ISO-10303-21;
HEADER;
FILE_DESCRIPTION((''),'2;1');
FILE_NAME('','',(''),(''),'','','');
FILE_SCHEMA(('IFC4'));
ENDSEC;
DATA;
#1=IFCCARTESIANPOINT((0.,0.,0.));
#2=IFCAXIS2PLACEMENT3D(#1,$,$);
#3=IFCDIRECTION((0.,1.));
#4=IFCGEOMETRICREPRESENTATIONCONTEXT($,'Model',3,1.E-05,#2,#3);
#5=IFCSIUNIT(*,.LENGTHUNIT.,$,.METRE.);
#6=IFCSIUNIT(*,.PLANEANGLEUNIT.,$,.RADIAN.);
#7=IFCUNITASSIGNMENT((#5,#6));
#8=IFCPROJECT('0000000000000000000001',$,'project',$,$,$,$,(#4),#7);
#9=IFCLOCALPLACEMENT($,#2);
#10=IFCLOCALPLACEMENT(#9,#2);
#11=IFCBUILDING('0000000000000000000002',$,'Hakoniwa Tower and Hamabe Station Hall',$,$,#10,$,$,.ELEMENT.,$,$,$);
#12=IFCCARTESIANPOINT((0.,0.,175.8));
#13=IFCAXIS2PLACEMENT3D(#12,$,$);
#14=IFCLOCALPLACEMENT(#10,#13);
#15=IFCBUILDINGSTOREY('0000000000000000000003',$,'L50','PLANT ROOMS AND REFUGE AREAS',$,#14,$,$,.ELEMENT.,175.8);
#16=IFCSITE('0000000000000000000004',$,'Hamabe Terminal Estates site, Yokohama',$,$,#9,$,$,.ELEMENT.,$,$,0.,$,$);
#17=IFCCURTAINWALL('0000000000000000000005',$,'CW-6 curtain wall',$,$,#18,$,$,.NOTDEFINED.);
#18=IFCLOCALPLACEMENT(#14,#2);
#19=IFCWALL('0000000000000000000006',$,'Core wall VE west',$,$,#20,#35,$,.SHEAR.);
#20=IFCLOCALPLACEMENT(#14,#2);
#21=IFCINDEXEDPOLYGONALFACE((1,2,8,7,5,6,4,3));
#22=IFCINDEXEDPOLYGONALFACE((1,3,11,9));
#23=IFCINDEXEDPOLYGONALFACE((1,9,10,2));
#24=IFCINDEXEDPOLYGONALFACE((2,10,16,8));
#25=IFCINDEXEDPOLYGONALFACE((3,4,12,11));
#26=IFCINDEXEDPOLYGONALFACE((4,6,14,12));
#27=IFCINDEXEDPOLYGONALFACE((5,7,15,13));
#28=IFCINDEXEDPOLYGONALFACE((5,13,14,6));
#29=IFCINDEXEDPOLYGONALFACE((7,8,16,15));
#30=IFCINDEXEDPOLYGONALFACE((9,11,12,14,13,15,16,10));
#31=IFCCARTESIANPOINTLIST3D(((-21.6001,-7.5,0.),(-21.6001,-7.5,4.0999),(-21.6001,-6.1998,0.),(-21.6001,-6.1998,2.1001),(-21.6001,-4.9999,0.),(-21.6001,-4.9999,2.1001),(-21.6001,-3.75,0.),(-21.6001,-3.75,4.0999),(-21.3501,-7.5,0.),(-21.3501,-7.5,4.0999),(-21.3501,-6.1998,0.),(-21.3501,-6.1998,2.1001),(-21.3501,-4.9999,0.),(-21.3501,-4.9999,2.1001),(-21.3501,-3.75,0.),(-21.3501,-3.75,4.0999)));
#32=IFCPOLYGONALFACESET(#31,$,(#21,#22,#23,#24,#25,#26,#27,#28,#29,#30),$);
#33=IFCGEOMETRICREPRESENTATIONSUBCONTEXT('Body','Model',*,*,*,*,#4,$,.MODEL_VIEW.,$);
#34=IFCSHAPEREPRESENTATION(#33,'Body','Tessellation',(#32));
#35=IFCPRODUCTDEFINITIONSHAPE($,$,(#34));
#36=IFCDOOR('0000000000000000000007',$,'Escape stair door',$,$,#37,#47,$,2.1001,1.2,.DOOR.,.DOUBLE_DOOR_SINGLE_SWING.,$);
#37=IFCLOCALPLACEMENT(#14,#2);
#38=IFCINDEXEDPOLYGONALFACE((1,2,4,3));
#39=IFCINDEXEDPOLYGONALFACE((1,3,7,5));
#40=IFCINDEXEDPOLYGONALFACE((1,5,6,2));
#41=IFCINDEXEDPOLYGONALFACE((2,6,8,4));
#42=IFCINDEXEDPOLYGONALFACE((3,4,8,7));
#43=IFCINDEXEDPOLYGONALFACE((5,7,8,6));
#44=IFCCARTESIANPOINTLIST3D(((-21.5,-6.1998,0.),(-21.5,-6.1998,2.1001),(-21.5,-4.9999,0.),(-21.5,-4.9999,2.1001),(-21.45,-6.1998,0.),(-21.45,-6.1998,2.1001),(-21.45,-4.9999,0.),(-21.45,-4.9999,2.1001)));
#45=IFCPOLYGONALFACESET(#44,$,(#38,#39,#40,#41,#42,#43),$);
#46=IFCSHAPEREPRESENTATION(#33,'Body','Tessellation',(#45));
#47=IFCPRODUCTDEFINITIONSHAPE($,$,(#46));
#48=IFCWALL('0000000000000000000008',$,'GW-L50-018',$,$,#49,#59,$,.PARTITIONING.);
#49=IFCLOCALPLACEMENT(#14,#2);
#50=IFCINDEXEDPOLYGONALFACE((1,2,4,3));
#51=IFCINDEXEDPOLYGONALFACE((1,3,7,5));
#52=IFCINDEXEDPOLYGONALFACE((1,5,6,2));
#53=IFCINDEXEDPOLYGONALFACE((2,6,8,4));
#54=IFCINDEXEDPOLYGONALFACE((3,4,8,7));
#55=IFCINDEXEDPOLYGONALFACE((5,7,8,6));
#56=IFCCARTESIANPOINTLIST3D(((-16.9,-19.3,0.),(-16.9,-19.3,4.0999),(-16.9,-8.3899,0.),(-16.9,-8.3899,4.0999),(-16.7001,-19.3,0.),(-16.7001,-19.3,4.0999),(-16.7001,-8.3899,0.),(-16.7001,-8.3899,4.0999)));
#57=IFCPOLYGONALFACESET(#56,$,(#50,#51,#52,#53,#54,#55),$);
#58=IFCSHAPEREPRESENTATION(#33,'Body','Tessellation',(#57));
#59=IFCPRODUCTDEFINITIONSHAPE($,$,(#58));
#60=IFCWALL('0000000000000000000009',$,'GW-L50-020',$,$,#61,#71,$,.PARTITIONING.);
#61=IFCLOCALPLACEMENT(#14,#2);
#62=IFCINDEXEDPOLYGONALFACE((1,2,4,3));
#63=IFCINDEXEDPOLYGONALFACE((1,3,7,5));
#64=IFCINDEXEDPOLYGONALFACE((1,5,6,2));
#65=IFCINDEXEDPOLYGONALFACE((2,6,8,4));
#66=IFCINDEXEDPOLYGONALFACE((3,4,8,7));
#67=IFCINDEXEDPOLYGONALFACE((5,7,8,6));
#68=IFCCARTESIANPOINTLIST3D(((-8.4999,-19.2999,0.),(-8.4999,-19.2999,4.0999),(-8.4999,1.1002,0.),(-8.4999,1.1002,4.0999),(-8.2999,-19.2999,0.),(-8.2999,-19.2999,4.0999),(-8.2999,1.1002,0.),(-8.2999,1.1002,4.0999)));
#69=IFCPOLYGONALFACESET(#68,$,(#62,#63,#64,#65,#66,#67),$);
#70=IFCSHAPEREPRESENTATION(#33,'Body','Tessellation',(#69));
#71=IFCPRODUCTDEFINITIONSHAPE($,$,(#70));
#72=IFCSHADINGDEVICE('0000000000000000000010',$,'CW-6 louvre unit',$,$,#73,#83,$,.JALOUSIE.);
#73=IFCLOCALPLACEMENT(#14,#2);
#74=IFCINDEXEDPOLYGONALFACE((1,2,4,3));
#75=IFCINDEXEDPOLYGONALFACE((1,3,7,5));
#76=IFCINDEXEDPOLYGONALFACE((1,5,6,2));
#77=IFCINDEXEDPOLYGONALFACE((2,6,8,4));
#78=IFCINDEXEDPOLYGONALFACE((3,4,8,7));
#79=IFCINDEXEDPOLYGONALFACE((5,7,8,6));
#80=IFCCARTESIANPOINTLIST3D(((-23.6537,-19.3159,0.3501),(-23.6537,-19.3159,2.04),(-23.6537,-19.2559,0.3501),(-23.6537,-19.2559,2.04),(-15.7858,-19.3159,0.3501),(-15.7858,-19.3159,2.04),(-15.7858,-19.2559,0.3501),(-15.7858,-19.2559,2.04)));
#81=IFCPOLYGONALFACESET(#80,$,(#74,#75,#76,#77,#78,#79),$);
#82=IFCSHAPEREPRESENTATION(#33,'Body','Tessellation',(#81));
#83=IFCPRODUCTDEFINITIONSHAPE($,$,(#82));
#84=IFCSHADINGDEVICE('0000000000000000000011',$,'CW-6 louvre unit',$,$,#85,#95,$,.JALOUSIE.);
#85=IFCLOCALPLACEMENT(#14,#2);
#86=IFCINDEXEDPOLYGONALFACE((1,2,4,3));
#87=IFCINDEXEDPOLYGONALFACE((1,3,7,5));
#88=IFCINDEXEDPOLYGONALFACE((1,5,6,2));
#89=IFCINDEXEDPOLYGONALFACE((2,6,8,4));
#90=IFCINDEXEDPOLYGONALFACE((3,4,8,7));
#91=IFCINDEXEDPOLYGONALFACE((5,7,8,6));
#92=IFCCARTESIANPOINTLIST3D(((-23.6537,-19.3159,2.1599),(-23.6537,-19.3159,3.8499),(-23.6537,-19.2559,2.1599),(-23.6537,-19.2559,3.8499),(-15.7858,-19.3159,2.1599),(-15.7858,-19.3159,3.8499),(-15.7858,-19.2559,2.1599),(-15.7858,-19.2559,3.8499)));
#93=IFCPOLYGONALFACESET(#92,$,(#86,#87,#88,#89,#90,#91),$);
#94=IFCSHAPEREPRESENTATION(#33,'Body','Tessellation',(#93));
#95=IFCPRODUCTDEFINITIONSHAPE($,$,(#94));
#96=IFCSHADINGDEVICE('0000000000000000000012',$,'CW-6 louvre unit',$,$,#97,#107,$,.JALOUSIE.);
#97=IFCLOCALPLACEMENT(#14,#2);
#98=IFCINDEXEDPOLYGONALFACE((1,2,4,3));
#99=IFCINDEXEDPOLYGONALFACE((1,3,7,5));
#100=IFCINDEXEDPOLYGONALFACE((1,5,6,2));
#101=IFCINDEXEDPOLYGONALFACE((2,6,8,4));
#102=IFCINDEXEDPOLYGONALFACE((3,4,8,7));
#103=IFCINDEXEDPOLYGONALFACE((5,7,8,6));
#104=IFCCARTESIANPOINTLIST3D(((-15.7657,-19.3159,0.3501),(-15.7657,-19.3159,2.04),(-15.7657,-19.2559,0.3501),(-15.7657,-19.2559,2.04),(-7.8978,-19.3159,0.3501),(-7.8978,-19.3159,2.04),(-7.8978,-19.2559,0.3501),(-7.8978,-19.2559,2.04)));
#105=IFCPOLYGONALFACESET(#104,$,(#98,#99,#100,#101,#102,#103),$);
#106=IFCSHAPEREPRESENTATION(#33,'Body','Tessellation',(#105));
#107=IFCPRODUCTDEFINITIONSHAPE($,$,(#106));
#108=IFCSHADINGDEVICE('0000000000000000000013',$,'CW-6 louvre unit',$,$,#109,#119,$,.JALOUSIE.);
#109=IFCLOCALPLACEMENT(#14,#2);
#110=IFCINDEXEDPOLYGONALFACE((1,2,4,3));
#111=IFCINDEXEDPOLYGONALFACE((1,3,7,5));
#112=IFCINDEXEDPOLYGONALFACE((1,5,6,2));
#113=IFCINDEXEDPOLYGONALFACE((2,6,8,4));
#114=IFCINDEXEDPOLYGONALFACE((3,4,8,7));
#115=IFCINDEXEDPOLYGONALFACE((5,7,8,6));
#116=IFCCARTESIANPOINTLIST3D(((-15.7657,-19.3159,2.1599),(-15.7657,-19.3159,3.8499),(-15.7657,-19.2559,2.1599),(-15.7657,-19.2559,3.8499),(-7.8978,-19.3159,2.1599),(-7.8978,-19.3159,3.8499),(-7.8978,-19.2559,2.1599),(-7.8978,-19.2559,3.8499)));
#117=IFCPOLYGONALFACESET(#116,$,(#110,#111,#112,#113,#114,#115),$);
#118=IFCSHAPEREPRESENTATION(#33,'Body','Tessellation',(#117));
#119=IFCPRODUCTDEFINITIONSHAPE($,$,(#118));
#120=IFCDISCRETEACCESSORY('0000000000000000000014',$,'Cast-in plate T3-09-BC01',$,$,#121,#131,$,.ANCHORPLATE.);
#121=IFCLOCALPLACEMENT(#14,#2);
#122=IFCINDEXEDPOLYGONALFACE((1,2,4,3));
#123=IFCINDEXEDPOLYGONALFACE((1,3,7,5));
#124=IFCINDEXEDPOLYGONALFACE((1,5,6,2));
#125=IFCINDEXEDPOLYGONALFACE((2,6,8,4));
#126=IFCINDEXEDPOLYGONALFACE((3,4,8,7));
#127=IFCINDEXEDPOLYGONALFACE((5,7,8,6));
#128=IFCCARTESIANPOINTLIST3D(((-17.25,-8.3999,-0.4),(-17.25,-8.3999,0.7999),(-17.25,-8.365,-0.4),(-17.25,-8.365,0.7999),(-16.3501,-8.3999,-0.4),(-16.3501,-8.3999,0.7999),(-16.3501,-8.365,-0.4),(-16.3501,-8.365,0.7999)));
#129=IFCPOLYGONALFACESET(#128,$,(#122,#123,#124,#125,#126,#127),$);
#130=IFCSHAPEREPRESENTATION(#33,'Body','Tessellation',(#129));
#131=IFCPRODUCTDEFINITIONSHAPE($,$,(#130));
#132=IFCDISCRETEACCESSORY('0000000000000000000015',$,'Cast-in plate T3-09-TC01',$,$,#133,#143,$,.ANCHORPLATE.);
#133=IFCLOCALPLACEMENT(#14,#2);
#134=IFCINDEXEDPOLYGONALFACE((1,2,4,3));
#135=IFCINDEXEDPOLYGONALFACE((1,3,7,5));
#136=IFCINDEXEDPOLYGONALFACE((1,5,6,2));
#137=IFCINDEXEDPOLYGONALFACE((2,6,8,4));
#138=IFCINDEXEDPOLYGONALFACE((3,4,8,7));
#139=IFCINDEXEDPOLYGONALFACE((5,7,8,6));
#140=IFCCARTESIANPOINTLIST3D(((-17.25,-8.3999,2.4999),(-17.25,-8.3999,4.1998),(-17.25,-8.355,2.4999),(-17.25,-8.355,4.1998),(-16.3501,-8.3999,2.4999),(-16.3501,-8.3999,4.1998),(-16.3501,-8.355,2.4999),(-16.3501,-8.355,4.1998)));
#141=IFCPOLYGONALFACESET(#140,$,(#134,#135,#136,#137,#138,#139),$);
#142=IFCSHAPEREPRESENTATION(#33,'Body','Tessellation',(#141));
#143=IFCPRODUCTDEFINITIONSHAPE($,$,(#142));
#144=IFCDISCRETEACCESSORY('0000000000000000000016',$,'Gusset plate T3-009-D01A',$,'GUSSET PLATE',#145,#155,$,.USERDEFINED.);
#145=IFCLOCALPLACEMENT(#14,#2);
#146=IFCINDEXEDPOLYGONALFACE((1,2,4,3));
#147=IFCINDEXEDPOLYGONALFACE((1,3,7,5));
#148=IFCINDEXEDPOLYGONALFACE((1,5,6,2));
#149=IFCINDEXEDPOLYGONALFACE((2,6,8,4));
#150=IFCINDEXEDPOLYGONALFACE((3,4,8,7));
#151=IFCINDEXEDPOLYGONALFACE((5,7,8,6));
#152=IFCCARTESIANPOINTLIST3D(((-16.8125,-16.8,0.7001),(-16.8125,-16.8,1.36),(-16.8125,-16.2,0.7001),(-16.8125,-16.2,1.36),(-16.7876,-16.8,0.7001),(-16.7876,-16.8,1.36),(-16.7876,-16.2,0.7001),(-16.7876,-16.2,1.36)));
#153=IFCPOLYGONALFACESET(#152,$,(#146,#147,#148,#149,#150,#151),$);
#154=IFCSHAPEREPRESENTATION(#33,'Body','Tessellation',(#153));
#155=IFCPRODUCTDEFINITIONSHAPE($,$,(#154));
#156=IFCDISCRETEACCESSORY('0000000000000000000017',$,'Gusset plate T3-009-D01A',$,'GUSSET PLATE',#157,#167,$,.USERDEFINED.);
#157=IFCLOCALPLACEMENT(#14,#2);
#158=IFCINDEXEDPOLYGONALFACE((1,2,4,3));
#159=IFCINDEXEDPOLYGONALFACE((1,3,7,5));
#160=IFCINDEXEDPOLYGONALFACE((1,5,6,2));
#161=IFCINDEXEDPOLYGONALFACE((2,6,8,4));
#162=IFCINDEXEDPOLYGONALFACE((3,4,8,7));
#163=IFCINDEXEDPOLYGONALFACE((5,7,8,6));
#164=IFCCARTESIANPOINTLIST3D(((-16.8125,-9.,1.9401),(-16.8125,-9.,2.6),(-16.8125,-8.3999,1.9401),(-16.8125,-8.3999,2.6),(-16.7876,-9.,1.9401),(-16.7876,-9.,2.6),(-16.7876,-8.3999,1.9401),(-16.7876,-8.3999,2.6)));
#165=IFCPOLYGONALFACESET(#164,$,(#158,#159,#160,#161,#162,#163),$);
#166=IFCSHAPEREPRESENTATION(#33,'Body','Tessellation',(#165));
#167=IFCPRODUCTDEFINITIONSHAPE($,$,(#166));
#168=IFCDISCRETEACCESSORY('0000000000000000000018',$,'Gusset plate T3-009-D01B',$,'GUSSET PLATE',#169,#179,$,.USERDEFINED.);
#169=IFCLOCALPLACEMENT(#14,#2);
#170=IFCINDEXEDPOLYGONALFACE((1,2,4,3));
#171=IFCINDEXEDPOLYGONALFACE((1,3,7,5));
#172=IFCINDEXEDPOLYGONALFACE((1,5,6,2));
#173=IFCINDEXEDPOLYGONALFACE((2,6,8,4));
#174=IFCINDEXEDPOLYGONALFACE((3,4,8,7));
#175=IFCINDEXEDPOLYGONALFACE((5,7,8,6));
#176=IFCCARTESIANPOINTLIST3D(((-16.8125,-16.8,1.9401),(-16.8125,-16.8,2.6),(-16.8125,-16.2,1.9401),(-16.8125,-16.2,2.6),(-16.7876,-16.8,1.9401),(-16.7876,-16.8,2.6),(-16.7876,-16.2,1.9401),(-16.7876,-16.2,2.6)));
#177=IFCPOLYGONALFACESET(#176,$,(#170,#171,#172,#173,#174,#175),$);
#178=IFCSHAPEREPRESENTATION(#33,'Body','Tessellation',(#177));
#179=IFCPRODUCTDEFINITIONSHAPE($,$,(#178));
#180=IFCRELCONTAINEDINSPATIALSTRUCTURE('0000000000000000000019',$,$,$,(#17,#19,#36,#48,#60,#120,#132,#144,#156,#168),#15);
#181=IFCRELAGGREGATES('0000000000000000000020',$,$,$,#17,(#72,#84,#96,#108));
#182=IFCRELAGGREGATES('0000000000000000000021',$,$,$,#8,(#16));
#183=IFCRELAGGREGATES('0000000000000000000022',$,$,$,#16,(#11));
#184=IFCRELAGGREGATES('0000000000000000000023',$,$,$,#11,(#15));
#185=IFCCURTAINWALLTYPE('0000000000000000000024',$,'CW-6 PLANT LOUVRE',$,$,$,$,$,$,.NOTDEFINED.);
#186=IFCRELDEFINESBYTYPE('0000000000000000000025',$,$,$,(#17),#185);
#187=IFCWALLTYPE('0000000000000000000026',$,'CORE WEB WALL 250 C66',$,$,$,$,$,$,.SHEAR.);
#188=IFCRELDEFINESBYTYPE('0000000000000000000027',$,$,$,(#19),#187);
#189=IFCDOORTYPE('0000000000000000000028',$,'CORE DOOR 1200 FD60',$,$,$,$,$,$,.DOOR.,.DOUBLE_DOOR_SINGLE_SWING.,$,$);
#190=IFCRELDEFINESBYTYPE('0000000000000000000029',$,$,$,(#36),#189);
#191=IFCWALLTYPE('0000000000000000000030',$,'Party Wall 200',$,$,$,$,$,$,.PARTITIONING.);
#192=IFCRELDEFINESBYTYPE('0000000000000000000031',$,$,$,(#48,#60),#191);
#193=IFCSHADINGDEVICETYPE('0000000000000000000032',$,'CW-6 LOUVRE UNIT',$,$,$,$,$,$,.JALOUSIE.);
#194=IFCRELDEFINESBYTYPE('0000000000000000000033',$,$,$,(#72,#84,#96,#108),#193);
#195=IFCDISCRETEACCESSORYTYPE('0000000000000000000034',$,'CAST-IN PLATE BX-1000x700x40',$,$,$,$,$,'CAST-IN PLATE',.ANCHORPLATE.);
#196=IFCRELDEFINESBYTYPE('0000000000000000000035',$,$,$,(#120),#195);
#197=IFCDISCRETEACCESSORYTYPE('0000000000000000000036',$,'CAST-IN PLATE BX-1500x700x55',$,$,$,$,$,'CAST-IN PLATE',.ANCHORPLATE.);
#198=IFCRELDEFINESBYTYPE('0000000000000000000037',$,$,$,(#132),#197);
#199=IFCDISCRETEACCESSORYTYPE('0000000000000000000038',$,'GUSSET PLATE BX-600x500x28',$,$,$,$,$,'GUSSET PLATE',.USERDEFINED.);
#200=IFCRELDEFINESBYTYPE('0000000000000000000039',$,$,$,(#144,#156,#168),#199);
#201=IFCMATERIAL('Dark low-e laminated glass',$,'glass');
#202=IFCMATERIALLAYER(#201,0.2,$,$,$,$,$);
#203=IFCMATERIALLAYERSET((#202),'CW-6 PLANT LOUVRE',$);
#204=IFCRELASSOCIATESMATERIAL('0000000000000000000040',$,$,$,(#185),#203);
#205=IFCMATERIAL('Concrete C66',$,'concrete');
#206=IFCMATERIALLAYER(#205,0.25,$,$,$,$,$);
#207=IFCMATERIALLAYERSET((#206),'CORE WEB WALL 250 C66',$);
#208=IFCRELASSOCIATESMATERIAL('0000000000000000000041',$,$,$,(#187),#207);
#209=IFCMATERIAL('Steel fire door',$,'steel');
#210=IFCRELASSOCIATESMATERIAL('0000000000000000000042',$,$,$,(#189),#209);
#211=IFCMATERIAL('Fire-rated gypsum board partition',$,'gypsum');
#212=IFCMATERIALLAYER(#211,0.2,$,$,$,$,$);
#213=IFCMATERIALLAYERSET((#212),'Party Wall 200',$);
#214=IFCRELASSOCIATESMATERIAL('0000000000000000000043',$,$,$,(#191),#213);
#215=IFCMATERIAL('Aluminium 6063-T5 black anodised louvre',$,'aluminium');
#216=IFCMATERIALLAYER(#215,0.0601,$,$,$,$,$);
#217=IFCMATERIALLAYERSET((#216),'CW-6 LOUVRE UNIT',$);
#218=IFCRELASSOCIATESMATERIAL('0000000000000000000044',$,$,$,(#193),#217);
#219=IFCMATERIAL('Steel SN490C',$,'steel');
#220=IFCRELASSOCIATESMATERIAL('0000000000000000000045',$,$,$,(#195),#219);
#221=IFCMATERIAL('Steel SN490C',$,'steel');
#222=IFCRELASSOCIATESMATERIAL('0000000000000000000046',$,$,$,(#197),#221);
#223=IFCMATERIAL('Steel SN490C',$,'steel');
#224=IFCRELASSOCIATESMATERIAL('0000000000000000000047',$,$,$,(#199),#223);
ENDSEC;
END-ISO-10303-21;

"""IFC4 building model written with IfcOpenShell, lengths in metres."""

from ifc_helpers import new_model, si_unit, direction, frame, frame_2d, origin, origin_2d, place, context, subcontext, project, spatial, rectangle, extrude, material, layer, layer_set, material_profile, profile_set, type_object, element, fill, aggregate, save


model = new_model("IFC4")

# Units and contexts
model_context = context("Model", 3, precision=1e-05, world=origin(), true_north=direction((0.0, 1.0)))
body_context = subcontext(model_context, "Body", "Model", "MODEL_VIEW")
ifc_project = project(units=[si_unit("LENGTHUNIT", "METRE"), si_unit("PLANEANGLEUNIT", "RADIAN")], contexts=[model_context])

# Site, building, storey
site_placement = place(None, origin())
site = spatial("IfcSite", under=ifc_project, at=site_placement, Name="Hamabe Terminal Estates site, Yokohama", CompositionType="ELEMENT", RefElevation=0.0)
building_placement = place(site_placement, origin())
building = spatial("IfcBuilding", under=site, at=building_placement, Name="Hakoniwa Tower and Hamabe Station Hall", CompositionType="ELEMENT")
storey_placement = place(building_placement, frame((0.0, 0.0, 175.8)))
storey = spatial("IfcBuildingStorey", under=building, at=storey_placement, Name="L50", Description="PLANT ROOMS AND REFUGE AREAS", CompositionType="ELEMENT", Elevation=175.8)

# Curtain wall
ifc_material_1 = material(Name="Dark low-e laminated glass", Category="glass")
ifc_layer_1 = layer(ifc_material_1, 0.2)
ifc_layer_set_1 = layer_set([ifc_layer_1], Name="CW-6 PLANT LOUVRE")
curtain_wall_type = type_object("IfcCurtainWallType", Name="CW-6 PLANT LOUVRE", PredefinedType="NOTDEFINED", material=ifc_layer_set_1)
curtain_wall_placement = place(storey_placement, origin())
curtain_wall = element("IfcCurtainWall", 1, at=curtain_wall_placement, inside=storey, type_object=curtain_wall_type, Name="CW-6 curtain wall", PredefinedType="NOTDEFINED")

# Wall, opening, door
ifc_material_2 = material(Name="Concrete C66", Category="concrete")
ifc_layer_2 = layer(ifc_material_2, 0.25)
ifc_layer_set_2 = layer_set([ifc_layer_2], Name="CORE WEB WALL 250 C66")
wall_type_1 = type_object("IfcWallType", Name="CORE WEB WALL 250 C66", PredefinedType="SHEAR", material=ifc_layer_set_2)
wall_1_placement = place(storey_placement, frame((-21.4751, -7.5, 0.0), z_axis=(0.0, 0.0, 1.0), x_axis=(0.0, 1.0, 0.0)))
wall_1 = element("IfcWall", 2, at=wall_1_placement, inside=storey, type_object=wall_type_1, Name="Core wall VE west", PredefinedType="SHEAR", context=body_context, shape_type="SweptSolid", body=[
    extrude(rectangle(XDim=3.75, YDim=0.25, at=frame_2d((1.875, 0.0))), origin(), (0.0, 0.0, 1.0), 4.0999),
])
opening_1_placement = place(wall_1_placement, frame((1.3, 0.0, 0.0)))
opening_1 = element("IfcOpeningElement", 3, at=opening_1_placement, cuts=wall_1, PredefinedType="OPENING", context=body_context, shape_type="SweptSolid", body=[
    extrude(rectangle(XDim=1.2, YDim=2.1001, at=frame_2d((0.6001, 1.05))), frame((0.0, 0.135, 0.0), z_axis=(0.0, -1.0, 0.0), x_axis=(1.0, 0.0, 0.0)), (0.0, 0.0, 1.0), 0.27),
])
ifc_material_3 = material(Name="Steel fire door", Category="steel")
door_type_1 = type_object("IfcDoorType", Name="CORE DOOR 1200 FD60", OperationType="DOUBLE_DOOR_SINGLE_SWING", PredefinedType="DOOR", material=ifc_material_3)
door_1_placement = place(opening_1_placement, origin())
door_1 = element("IfcDoor", 4, at=door_1_placement, inside=storey, type_object=door_type_1, Name="Escape stair door", OperationType="DOUBLE_DOOR_SINGLE_SWING", OverallHeight=2.1001, OverallWidth=1.2, PredefinedType="DOOR", context=body_context, shape_type="SweptSolid", body=[
    extrude(rectangle(XDim=1.2, YDim=2.1001, at=frame_2d((0.6001, 1.05))), frame((0.0, 0.0249, 0.0), z_axis=(0.0, -1.0, 0.0), x_axis=(1.0, 0.0, 0.0)), (0.0, 0.0, 1.0), 0.05),
])
fill(opening_1, door_1)

# Walls
ifc_material_4 = material(Name="Fire-rated gypsum board partition", Category="gypsum")
ifc_layer_3 = layer(ifc_material_4, 0.2)
ifc_layer_set_3 = layer_set([ifc_layer_3], Name="Party Wall 200")
wall_type_2 = type_object("IfcWallType", Name="Party Wall 200", PredefinedType="PARTITIONING", material=ifc_layer_set_3)
wall_2_placement = place(storey_placement, frame((-16.8, -19.3, 0.0), z_axis=(0.0, 0.0, 1.0), x_axis=(0.0, 1.0, 0.0)))
element("IfcWall", 5, at=wall_2_placement, inside=storey, type_object=wall_type_2, Name="GW-L50-018", PredefinedType="PARTITIONING", context=body_context, shape_type="SweptSolid", body=[
    extrude(rectangle(XDim=10.9102, YDim=0.2, at=frame_2d((5.4551, 0.0))), origin(), (0.0, 0.0, 1.0), 4.0999),
])
wall_3_placement = place(storey_placement, frame((-8.3999, -19.3, 0.0), z_axis=(0.0, 0.0, 1.0), x_axis=(0.0, 1.0, 0.0)))
element("IfcWall", 6, at=wall_3_placement, inside=storey, type_object=wall_type_2, Name="GW-L50-020", PredefinedType="PARTITIONING", context=body_context, shape_type="SweptSolid", body=[
    extrude(rectangle(XDim=20.4001, YDim=0.2, at=frame_2d((10.2002, 0.0))), origin(), (0.0, 0.0, 1.0), 4.0999),
])

# Shading devices
ifc_material_5 = material(Name="Aluminium 6063-T5 black anodised louvre", Category="aluminium")
ifc_layer_4 = layer(ifc_material_5, 0.0601)
ifc_layer_set_4 = layer_set([ifc_layer_4], Name="CW-6 LOUVRE UNIT")
shading_device_type = type_object("IfcShadingDeviceType", Name="CW-6 LOUVRE UNIT", PredefinedType="JALOUSIE", material=ifc_layer_set_4)
shading_device_1_placement = place(storey_placement, frame((-19.7197, -19.2859, 0.3501), z_axis=(0.0, 0.0, 1.0), x_axis=(1.0, 0.0, 0.0)))
shading_device_1 = element("IfcShadingDevice", 7, at=shading_device_1_placement, type_object=shading_device_type, Name="CW-6 louvre unit", PredefinedType="JALOUSIE", context=body_context, shape_type="SweptSolid", body=[
    extrude(rectangle(XDim=7.8679, YDim=0.0601, at=origin_2d()), origin(), (0.0, 0.0, 1.0), 1.6899),
])
shading_device_2_placement = place(storey_placement, frame((-19.7197, -19.2859, 2.1599), z_axis=(0.0, 0.0, 1.0), x_axis=(1.0, 0.0, 0.0)))
shading_device_2 = element("IfcShadingDevice", 8, at=shading_device_2_placement, type_object=shading_device_type, Name="CW-6 louvre unit", PredefinedType="JALOUSIE", context=body_context, shape_type="SweptSolid", body=[
    extrude(rectangle(XDim=7.8679, YDim=0.0601, at=origin_2d()), origin(), (0.0, 0.0, 1.0), 1.6899),
])
shading_device_3_placement = place(storey_placement, frame((-11.8318, -19.2859, 0.3501), z_axis=(0.0, 0.0, 1.0), x_axis=(1.0, 0.0, 0.0)))
shading_device_3 = element("IfcShadingDevice", 9, at=shading_device_3_placement, type_object=shading_device_type, Name="CW-6 louvre unit", PredefinedType="JALOUSIE", context=body_context, shape_type="SweptSolid", body=[
    extrude(rectangle(XDim=7.8679, YDim=0.0601, at=origin_2d()), origin(), (0.0, 0.0, 1.0), 1.6899),
])
shading_device_4_placement = place(storey_placement, frame((-11.8318, -19.2859, 2.1599), z_axis=(0.0, 0.0, 1.0), x_axis=(1.0, 0.0, 0.0)))
shading_device_4 = element("IfcShadingDevice", 10, at=shading_device_4_placement, type_object=shading_device_type, Name="CW-6 louvre unit", PredefinedType="JALOUSIE", context=body_context, shape_type="SweptSolid", body=[
    extrude(rectangle(XDim=7.8679, YDim=0.0601, at=origin_2d()), origin(), (0.0, 0.0, 1.0), 1.6899),
])
aggregate(curtain_wall, [shading_device_1, shading_device_2, shading_device_3, shading_device_4])

# Discrete accessories
ifc_material_6 = material(Name="Steel SN490C", Category="steel")
ifc_material_profile_1 = material_profile(ifc_material_6, rectangle(XDim=0.8999, YDim=1.2, at=origin_2d()), Name="CAST-IN PLATE BX-1000x700x40")
ifc_profile_set_1 = profile_set([ifc_material_profile_1], Name="Steel SN490C")
discrete_accessory_type_1 = type_object("IfcDiscreteAccessoryType", Name="CAST-IN PLATE BX-1000x700x40", ElementType="CAST-IN PLATE", PredefinedType="ANCHORPLATE", material=ifc_profile_set_1)
discrete_accessory_1_placement = place(storey_placement, frame((-16.8, -8.365, 0.2), z_axis=(0.0, -1.0, 0.0), x_axis=(1.0, 0.0, 0.0)))
element("IfcDiscreteAccessory", 11, at=discrete_accessory_1_placement, inside=storey, type_object=discrete_accessory_type_1, Name="Cast-in plate T3-09-BC01", PredefinedType="ANCHORPLATE", context=body_context, shape_type="SweptSolid", body=[
    extrude(rectangle(XDim=0.8999, YDim=1.2, at=origin_2d()), origin(), (0.0, 0.0, 1.0), 0.0349),
])
ifc_material_7 = material(Name="Steel SN490C", Category="steel")
ifc_material_profile_2 = material_profile(ifc_material_7, rectangle(XDim=0.8999, YDim=1.7, at=origin_2d()), Name="CAST-IN PLATE BX-1500x700x55")
ifc_profile_set_2 = profile_set([ifc_material_profile_2], Name="Steel SN490C")
discrete_accessory_type_2 = type_object("IfcDiscreteAccessoryType", Name="CAST-IN PLATE BX-1500x700x55", ElementType="CAST-IN PLATE", PredefinedType="ANCHORPLATE", material=ifc_profile_set_2)
discrete_accessory_2_placement = place(storey_placement, frame((-16.8, -8.355, 3.3499), z_axis=(0.0, -1.0, 0.0), x_axis=(1.0, 0.0, 0.0)))
element("IfcDiscreteAccessory", 12, at=discrete_accessory_2_placement, inside=storey, type_object=discrete_accessory_type_2, Name="Cast-in plate T3-09-TC01", PredefinedType="ANCHORPLATE", context=body_context, shape_type="SweptSolid", body=[
    extrude(rectangle(XDim=0.8999, YDim=1.7, at=origin_2d()), origin(), (0.0, 0.0, 1.0), 0.0449),
])
ifc_material_8 = material(Name="Steel SN490C", Category="steel")
ifc_material_profile_3 = material_profile(ifc_material_8, rectangle(XDim=0.6001, YDim=0.6599, at=origin_2d()), Name="GUSSET PLATE BX-600x500x28")
ifc_profile_set_3 = profile_set([ifc_material_profile_3], Name="Steel SN490C")
discrete_accessory_type_3 = type_object("IfcDiscreteAccessoryType", Name="GUSSET PLATE BX-600x500x28", ElementType="GUSSET PLATE", PredefinedType="USERDEFINED", material=ifc_profile_set_3)
for number, where, z_axis, x_axis, name in (
    (13, (-16.7876, -16.5, 1.03), (-1.0, 0.0, 0.0), (0.0, -1.0, 0.0), "Gusset plate T3-009-D01A"),
    (14, (-16.7876, -8.7, 2.27), (-1.0, 0.0, 0.0), (0.0, -1.0, 0.0), "Gusset plate T3-009-D01A"),
    (15, (-16.7876, -16.5, 2.27), (-1.0, 0.0, 0.0), (0.0, -1.0, 0.0), "Gusset plate T3-009-D01B"),
):
    element("IfcDiscreteAccessory", number, at=place(storey_placement, frame(where, z_axis=z_axis, x_axis=x_axis)), inside=storey, type_object=discrete_accessory_type_3, Name=name, ObjectType="GUSSET PLATE", PredefinedType="USERDEFINED", context=body_context, shape_type="SweptSolid", body=[
        extrude(rectangle(XDim=0.6001, YDim=0.6599, at=origin_2d()), origin(), (0.0, 0.0, 1.0), 0.0249),
    ])

save(model, "model.ifc")
